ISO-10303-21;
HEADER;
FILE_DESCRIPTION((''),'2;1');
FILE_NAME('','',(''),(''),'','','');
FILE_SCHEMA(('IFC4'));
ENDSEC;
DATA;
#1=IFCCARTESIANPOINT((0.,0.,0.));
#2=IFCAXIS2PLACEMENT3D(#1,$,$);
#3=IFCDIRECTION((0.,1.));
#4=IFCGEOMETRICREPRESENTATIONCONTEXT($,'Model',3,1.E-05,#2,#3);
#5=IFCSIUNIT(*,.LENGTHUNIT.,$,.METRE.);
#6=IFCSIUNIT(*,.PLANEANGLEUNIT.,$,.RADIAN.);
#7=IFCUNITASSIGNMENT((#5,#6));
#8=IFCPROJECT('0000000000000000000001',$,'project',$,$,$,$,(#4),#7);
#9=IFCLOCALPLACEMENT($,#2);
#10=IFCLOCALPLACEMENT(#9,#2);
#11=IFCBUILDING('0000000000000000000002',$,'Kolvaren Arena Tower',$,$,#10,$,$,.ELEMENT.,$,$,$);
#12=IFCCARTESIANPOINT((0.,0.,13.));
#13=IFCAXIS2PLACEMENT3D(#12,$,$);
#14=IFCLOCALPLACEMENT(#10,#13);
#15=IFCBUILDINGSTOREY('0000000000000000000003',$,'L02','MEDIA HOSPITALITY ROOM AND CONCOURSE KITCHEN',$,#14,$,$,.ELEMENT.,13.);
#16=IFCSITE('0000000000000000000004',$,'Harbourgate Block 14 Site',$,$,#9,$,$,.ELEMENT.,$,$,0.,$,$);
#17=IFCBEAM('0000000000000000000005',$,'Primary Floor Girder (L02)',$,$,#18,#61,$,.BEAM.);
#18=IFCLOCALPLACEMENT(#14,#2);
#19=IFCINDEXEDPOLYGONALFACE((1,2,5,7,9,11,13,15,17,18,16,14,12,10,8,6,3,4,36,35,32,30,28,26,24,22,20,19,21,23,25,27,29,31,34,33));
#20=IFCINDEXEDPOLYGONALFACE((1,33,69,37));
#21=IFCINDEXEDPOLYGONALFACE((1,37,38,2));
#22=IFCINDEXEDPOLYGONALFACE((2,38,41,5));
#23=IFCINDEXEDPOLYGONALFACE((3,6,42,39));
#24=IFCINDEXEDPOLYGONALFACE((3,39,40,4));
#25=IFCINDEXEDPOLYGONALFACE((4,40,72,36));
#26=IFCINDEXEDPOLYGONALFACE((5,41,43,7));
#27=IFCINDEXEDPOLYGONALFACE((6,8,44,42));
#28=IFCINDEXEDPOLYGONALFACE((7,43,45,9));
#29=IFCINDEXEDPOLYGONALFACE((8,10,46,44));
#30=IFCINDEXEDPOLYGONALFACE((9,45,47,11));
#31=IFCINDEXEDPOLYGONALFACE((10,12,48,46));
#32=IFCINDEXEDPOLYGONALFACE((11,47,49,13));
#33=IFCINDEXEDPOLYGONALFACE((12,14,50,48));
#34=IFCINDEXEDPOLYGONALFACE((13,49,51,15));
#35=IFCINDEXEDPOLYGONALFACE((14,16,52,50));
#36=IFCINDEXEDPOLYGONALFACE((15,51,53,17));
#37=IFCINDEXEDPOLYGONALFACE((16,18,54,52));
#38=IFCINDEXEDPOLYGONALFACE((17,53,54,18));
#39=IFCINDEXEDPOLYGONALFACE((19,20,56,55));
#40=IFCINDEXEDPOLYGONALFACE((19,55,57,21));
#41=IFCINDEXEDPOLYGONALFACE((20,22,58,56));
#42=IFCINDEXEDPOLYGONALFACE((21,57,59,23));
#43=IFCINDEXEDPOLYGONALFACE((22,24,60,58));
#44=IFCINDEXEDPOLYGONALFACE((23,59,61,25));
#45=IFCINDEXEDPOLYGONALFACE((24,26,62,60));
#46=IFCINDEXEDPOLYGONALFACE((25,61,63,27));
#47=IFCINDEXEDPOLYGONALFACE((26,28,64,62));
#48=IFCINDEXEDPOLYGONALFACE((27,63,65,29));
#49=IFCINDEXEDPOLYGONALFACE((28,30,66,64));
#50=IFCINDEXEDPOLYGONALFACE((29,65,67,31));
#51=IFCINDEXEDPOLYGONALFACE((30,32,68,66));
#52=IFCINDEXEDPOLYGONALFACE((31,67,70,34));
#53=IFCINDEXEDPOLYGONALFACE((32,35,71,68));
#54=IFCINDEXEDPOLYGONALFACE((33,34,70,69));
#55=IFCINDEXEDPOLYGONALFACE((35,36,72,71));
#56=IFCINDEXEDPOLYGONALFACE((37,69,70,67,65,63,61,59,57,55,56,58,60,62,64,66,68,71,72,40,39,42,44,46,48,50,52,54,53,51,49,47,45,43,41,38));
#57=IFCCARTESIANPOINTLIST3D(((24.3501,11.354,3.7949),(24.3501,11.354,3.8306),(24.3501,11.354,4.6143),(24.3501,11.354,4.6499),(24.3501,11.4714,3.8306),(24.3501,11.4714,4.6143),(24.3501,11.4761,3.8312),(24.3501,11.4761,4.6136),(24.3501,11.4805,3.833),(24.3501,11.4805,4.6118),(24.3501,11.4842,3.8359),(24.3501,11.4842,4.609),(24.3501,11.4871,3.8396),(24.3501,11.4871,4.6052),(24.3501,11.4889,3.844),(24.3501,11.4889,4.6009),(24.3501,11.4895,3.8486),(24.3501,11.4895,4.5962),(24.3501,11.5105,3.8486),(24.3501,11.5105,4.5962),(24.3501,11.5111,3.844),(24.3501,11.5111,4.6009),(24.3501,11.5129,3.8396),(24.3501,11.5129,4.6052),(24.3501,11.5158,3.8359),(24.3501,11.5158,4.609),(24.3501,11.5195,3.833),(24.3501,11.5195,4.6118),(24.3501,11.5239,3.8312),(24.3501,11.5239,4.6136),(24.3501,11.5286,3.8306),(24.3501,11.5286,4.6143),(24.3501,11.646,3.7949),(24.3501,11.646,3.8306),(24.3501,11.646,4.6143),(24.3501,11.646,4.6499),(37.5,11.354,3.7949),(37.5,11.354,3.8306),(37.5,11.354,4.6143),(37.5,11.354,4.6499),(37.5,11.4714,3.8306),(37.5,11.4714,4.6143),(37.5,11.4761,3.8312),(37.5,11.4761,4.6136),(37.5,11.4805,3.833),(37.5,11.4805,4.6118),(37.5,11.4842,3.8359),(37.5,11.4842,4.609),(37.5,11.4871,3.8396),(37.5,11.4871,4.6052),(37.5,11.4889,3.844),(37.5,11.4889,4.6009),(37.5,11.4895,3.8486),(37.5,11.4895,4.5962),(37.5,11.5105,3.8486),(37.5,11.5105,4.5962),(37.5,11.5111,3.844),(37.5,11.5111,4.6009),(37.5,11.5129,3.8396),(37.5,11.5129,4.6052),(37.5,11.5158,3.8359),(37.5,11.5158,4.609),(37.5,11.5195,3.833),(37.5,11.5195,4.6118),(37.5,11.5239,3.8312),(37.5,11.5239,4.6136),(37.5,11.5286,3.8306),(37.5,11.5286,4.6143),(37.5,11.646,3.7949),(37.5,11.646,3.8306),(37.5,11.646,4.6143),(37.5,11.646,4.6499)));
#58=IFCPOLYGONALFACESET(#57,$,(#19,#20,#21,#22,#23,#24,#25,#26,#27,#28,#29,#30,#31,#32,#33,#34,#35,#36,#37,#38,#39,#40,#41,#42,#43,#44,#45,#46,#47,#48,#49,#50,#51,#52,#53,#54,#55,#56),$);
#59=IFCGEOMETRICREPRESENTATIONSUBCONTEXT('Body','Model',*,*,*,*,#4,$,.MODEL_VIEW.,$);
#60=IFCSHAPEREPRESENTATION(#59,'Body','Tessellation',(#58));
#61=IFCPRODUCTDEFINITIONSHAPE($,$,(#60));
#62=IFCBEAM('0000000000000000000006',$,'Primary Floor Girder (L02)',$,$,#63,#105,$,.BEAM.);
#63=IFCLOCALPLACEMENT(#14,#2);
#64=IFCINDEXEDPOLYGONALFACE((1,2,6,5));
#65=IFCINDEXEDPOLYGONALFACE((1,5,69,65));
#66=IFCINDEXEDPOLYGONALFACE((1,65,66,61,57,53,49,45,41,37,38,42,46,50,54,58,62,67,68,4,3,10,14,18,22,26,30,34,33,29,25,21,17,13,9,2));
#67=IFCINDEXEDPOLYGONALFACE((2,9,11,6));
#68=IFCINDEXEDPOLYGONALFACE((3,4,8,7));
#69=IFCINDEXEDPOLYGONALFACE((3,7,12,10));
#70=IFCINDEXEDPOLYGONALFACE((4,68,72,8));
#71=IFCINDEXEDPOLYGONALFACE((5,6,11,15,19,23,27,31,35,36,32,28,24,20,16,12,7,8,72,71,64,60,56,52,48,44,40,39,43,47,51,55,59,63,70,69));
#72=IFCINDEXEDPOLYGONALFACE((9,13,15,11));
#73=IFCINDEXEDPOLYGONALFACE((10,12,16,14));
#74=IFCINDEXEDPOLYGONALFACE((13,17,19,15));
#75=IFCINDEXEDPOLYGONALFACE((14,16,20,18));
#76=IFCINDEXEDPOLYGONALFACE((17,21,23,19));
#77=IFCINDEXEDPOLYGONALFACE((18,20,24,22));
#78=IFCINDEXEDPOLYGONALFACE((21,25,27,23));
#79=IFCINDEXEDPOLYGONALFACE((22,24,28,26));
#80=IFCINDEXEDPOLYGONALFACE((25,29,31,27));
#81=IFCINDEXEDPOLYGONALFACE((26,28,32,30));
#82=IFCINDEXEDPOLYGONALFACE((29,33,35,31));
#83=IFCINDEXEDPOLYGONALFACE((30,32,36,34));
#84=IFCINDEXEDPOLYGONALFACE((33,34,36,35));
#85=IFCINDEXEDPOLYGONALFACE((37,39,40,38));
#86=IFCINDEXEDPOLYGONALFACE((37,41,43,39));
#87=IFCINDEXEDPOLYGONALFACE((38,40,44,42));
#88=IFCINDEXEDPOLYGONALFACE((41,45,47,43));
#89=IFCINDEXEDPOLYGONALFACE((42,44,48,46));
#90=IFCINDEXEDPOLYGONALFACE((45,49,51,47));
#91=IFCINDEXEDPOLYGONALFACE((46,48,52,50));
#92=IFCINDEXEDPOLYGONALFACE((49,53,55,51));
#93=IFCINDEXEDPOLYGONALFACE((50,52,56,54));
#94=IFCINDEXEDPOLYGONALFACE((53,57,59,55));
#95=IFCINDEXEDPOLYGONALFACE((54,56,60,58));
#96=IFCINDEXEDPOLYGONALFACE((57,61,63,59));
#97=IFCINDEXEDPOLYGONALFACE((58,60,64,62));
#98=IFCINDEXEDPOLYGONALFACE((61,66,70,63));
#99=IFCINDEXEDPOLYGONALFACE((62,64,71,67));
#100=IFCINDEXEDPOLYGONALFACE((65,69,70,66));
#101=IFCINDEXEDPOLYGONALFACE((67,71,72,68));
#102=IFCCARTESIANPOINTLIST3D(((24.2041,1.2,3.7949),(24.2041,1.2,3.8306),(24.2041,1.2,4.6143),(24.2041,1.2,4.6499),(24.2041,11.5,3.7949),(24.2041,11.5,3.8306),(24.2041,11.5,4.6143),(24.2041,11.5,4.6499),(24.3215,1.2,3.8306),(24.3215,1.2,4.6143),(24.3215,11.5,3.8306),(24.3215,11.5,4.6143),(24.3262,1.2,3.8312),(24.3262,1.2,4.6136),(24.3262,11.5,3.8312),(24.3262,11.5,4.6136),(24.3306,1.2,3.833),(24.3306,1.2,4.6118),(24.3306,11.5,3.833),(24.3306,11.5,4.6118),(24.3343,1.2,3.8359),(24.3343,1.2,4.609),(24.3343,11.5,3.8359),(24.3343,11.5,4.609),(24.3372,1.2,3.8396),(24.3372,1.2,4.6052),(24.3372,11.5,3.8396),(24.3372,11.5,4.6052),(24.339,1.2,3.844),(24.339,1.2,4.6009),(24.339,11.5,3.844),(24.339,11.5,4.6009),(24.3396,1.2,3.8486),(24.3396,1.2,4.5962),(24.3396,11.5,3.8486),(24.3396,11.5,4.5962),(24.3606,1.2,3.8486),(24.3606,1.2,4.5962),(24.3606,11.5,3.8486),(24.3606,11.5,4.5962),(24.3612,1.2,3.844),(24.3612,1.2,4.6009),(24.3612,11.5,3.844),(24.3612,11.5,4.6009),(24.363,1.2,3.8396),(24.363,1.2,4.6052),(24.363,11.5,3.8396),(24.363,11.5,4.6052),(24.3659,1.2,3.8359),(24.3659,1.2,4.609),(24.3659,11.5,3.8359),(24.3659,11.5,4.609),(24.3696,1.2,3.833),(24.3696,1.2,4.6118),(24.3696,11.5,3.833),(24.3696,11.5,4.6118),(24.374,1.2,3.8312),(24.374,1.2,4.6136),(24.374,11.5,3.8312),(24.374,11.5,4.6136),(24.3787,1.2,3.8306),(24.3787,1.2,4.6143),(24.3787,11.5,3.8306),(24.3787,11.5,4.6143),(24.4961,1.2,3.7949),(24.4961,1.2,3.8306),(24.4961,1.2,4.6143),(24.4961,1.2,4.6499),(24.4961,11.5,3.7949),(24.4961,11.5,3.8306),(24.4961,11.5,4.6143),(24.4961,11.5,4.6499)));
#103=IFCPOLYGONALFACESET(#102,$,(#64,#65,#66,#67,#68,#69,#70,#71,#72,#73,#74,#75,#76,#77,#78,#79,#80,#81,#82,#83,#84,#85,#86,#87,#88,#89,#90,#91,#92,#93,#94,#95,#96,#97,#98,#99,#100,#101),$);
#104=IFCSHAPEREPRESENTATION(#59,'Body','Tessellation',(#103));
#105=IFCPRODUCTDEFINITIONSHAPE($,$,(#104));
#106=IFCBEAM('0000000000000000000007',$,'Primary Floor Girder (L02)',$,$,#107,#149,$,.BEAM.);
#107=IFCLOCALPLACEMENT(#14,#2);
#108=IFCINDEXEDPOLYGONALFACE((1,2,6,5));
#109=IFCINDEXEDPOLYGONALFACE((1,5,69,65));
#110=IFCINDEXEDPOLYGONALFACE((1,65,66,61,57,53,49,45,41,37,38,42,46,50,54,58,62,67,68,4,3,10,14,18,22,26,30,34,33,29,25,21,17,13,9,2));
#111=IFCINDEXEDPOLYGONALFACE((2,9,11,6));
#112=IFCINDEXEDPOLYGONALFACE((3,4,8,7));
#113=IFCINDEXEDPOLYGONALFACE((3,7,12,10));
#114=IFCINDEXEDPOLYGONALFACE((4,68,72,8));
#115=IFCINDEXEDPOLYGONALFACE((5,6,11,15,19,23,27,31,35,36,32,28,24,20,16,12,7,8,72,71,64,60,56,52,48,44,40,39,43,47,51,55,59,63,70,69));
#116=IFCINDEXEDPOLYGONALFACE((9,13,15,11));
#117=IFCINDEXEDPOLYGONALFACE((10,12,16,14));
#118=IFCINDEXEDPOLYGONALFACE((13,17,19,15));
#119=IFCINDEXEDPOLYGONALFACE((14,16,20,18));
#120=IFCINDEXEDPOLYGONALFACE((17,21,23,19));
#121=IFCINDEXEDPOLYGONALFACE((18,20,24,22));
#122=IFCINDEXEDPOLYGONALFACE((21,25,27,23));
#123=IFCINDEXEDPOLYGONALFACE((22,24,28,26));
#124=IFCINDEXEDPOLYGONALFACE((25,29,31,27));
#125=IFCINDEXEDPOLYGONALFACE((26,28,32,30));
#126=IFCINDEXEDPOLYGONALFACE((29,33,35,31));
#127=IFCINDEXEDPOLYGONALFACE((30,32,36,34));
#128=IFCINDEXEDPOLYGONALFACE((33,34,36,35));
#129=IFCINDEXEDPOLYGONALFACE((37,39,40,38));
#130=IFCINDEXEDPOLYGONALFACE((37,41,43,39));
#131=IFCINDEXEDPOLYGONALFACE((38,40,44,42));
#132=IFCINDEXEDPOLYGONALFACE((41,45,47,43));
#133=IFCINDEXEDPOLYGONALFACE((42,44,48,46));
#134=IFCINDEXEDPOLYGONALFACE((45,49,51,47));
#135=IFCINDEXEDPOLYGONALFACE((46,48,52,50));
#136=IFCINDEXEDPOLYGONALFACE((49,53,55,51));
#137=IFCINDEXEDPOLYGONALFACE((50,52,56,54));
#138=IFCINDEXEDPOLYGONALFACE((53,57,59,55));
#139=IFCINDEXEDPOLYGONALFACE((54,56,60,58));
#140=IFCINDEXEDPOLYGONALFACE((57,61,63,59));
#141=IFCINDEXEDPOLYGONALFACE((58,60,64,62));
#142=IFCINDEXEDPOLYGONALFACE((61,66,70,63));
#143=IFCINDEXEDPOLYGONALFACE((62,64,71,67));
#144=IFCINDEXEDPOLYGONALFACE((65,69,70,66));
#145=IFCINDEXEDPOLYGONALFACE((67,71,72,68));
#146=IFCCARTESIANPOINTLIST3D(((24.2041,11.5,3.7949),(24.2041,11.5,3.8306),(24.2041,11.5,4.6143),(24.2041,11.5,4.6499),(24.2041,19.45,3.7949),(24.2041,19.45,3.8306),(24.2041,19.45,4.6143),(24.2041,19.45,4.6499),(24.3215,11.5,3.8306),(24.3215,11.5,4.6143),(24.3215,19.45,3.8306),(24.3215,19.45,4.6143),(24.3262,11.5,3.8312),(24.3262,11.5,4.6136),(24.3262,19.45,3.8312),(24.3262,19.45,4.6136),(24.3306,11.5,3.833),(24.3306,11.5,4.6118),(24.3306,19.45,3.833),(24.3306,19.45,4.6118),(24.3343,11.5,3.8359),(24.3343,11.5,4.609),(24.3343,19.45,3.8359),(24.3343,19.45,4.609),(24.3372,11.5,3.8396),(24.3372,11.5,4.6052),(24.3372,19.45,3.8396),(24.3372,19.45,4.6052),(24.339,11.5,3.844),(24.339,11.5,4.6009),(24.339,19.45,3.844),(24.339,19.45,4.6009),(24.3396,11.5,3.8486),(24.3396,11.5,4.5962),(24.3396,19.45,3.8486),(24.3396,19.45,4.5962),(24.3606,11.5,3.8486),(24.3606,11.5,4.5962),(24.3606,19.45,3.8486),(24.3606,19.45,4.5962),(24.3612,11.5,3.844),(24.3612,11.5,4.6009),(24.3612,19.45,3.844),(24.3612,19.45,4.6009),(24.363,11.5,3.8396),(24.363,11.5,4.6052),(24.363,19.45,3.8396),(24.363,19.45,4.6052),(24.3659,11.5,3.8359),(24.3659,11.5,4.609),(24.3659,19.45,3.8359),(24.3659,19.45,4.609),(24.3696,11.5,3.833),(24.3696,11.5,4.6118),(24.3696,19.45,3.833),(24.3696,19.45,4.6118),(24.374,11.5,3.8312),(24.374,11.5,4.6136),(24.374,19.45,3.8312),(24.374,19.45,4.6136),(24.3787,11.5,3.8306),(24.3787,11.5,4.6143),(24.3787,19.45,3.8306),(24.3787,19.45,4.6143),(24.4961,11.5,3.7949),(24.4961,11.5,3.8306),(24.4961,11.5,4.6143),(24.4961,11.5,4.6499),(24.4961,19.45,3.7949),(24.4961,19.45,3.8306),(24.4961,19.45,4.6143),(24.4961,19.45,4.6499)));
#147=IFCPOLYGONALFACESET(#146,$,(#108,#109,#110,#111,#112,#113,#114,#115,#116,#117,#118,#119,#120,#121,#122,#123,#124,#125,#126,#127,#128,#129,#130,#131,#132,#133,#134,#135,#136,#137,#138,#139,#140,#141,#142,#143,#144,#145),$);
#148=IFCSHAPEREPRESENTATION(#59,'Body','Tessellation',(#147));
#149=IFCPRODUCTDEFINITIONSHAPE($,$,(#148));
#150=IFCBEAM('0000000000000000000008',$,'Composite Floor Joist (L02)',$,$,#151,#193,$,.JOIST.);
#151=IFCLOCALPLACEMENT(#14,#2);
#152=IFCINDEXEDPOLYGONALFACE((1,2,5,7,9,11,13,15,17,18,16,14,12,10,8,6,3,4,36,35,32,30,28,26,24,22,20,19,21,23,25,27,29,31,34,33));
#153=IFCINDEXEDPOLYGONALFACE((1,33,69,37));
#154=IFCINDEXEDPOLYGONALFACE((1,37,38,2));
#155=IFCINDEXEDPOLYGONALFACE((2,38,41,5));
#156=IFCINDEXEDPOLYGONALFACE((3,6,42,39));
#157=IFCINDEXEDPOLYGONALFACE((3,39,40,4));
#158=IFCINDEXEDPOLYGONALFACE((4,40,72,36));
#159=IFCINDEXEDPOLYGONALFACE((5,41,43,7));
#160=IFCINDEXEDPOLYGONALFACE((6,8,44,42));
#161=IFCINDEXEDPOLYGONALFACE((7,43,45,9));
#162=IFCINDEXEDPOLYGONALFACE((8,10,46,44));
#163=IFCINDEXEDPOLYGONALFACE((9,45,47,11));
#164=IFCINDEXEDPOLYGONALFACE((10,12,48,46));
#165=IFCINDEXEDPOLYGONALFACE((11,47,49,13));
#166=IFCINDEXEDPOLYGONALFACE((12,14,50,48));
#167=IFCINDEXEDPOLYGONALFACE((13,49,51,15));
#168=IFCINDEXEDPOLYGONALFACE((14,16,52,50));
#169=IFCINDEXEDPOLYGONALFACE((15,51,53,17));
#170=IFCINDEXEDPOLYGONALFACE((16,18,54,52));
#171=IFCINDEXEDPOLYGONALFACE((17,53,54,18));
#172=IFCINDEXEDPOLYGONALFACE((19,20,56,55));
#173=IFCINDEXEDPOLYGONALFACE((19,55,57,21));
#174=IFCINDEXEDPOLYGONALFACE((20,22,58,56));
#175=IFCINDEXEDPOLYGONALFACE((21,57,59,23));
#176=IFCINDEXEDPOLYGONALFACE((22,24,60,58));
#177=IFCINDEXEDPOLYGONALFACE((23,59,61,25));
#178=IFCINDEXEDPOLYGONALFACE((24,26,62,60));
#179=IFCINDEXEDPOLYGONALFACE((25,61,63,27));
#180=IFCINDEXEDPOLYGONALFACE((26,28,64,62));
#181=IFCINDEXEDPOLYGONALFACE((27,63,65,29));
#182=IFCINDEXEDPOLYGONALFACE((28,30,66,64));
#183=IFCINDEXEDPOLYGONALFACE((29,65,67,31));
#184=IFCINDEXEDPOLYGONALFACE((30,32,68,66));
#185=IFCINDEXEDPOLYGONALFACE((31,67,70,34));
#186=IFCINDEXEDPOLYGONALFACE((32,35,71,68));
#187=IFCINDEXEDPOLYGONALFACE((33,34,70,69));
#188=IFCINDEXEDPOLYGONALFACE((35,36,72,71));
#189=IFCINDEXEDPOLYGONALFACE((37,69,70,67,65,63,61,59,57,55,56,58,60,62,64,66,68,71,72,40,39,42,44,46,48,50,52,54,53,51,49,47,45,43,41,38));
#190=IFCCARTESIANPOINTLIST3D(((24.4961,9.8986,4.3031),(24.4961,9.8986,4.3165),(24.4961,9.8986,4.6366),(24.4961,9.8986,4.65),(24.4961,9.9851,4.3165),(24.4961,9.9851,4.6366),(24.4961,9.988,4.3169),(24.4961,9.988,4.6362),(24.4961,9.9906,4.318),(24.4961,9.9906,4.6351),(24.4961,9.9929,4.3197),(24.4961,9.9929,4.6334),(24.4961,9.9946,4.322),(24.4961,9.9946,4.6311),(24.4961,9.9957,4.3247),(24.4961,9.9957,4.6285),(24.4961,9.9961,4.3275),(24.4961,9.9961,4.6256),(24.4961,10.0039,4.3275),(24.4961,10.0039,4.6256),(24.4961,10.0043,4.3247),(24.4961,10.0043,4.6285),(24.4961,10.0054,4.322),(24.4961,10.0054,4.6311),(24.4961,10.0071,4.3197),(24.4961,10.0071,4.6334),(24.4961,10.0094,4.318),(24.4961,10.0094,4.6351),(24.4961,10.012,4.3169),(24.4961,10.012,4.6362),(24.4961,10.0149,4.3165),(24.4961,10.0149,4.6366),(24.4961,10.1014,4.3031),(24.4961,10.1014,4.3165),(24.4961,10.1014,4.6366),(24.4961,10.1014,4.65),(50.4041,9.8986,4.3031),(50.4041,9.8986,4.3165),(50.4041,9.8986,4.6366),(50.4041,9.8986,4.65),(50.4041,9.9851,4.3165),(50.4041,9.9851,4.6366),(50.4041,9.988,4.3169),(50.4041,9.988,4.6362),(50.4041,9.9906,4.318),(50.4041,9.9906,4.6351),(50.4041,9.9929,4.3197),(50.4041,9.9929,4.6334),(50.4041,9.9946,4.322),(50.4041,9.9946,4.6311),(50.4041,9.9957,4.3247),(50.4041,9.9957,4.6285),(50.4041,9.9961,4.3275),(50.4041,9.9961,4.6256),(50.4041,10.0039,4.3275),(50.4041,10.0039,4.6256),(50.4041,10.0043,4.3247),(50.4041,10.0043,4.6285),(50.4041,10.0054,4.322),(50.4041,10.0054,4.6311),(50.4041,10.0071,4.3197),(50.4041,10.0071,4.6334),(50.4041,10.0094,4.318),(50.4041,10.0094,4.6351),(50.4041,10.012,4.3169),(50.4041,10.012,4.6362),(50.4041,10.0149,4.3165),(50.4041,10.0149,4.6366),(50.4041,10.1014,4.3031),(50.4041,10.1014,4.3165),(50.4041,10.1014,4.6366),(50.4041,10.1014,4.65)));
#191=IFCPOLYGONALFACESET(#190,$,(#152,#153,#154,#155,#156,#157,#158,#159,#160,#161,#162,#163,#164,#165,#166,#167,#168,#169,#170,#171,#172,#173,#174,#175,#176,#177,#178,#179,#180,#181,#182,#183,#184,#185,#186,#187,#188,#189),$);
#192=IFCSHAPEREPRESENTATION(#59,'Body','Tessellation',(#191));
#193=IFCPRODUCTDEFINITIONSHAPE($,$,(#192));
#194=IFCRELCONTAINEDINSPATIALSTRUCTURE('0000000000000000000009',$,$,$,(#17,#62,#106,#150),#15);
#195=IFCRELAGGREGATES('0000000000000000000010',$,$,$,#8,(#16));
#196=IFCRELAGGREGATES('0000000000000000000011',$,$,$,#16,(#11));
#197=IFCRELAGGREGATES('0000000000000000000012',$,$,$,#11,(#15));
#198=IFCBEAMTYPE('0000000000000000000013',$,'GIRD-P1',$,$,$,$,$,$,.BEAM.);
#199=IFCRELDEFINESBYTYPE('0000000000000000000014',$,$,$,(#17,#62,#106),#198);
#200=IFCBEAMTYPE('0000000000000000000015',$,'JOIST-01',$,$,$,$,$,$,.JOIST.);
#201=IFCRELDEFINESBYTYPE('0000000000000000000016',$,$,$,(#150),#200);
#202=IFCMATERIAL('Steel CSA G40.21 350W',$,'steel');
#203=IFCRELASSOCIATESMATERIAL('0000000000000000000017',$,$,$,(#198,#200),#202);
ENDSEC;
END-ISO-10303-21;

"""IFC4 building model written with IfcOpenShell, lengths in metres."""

from ifc_helpers import new_model, si_unit, direction, frame, origin, origin_2d, place, context, subcontext, project, spatial, i_section, extrude, material, material_profile, profile_set, type_object, element, save


model = new_model("IFC4")

# Units and contexts
model_context = context("Model", 3, precision=1e-05, world=origin(), true_north=direction((0.0, 1.0)))
body_context = subcontext(model_context, "Body", "Model", "MODEL_VIEW")
ifc_project = project(units=[si_unit("LENGTHUNIT", "METRE"), si_unit("PLANEANGLEUNIT", "RADIAN")], contexts=[model_context])

# Site, building, storey
site_placement = place(None, origin())
site = spatial("IfcSite", under=ifc_project, at=site_placement, Name="Harbourgate Block 14 Site", CompositionType="ELEMENT", RefElevation=0.0)
building_placement = place(site_placement, origin())
building = spatial("IfcBuilding", under=site, at=building_placement, Name="Kolvaren Arena Tower", CompositionType="ELEMENT")
storey_placement = place(building_placement, frame((0.0, 0.0, 13.0)))
storey = spatial("IfcBuildingStorey", under=building, at=storey_placement, Name="L02", Description="MEDIA HOSPITALITY ROOM AND CONCOURSE KITCHEN", CompositionType="ELEMENT", Elevation=13.0)

# Beams
ifc_material_1 = material(Name="Steel CSA G40.21 350W", Category="steel")
ifc_material_profile_1 = material_profile(ifc_material_1, i_section(OverallWidth=0.292, OverallDepth=0.855, WebThickness=0.021, FlangeThickness=0.0356, FilletRadius=0.0181, at=origin_2d()), Name="W840x299")
ifc_profile_set_1 = profile_set([ifc_material_profile_1], Name="Steel CSA G40.21 350W")
beam_type_1 = type_object("IfcBeamType", Name="GIRD-P1", PredefinedType="BEAM", material=ifc_profile_set_1)
beam_1_placement = place(storey_placement, frame((24.3501, 11.5, 4.2224), z_axis=(1.0, 0.0, 0.0), x_axis=(0.0, 1.0, 0.0)))
element("IfcBeam", 1, at=beam_1_placement, inside=storey, type_object=beam_type_1, Name="Primary Floor Girder (L02)", PredefinedType="BEAM", context=body_context, shape_type="SweptSolid", body=[
    extrude(i_section(OverallWidth=0.292, OverallDepth=0.855, WebThickness=0.021, FlangeThickness=0.0356, FilletRadius=0.0181, at=origin_2d()), origin(), (0.0, 0.0, 1.0), 13.1499),
])
beam_2_placement = place(storey_placement, frame((24.3501, 1.2, 4.2224), z_axis=(0.0, 1.0, 0.0), x_axis=(-1.0, 0.0, 0.0)))
element("IfcBeam", 2, at=beam_2_placement, inside=storey, type_object=beam_type_1, Name="Primary Floor Girder (L02)", PredefinedType="BEAM", context=body_context, shape_type="SweptSolid", body=[
    extrude(i_section(OverallWidth=0.292, OverallDepth=0.855, WebThickness=0.021, FlangeThickness=0.0356, FilletRadius=0.0181, at=origin_2d()), origin(), (0.0, 0.0, 1.0), 10.3),
])
beam_3_placement = place(storey_placement, frame((24.3501, 11.5, 4.2224), z_axis=(0.0, 1.0, 0.0), x_axis=(-1.0, 0.0, 0.0)))
element("IfcBeam", 3, at=beam_3_placement, inside=storey, type_object=beam_type_1, Name="Primary Floor Girder (L02)", PredefinedType="BEAM", context=body_context, shape_type="SweptSolid", body=[
    extrude(i_section(OverallWidth=0.292, OverallDepth=0.855, WebThickness=0.021, FlangeThickness=0.0356, FilletRadius=0.0181, at=origin_2d()), origin(), (0.0, 0.0, 1.0), 7.95),
])
ifc_material_profile_2 = material_profile(ifc_material_1, i_section(OverallWidth=0.2029, OverallDepth=0.3469, WebThickness=0.0078, FlangeThickness=0.0134, FilletRadius=0.011, at=origin_2d()), Name="W360x64")
ifc_profile_set_2 = profile_set([ifc_material_profile_2], Name="Steel CSA G40.21 350W")
beam_type_2 = type_object("IfcBeamType", Name="JOIST-01", PredefinedType="JOIST", material=ifc_profile_set_2)
beam_4_placement = place(storey_placement, frame((24.4961, 10.0, 4.4766), z_axis=(1.0, 0.0, 0.0), x_axis=(0.0, 1.0, 0.0)))
element("IfcBeam", 4, at=beam_4_placement, inside=storey, type_object=beam_type_2, Name="Composite Floor Joist (L02)", PredefinedType="JOIST", context=body_context, shape_type="SweptSolid", body=[
    extrude(i_section(OverallWidth=0.2029, OverallDepth=0.3469, WebThickness=0.0078, FlangeThickness=0.0134, FilletRadius=0.011, at=origin_2d()), origin(), (0.0, 0.0, 1.0), 25.908),
])

save(model, "model.ifc")
